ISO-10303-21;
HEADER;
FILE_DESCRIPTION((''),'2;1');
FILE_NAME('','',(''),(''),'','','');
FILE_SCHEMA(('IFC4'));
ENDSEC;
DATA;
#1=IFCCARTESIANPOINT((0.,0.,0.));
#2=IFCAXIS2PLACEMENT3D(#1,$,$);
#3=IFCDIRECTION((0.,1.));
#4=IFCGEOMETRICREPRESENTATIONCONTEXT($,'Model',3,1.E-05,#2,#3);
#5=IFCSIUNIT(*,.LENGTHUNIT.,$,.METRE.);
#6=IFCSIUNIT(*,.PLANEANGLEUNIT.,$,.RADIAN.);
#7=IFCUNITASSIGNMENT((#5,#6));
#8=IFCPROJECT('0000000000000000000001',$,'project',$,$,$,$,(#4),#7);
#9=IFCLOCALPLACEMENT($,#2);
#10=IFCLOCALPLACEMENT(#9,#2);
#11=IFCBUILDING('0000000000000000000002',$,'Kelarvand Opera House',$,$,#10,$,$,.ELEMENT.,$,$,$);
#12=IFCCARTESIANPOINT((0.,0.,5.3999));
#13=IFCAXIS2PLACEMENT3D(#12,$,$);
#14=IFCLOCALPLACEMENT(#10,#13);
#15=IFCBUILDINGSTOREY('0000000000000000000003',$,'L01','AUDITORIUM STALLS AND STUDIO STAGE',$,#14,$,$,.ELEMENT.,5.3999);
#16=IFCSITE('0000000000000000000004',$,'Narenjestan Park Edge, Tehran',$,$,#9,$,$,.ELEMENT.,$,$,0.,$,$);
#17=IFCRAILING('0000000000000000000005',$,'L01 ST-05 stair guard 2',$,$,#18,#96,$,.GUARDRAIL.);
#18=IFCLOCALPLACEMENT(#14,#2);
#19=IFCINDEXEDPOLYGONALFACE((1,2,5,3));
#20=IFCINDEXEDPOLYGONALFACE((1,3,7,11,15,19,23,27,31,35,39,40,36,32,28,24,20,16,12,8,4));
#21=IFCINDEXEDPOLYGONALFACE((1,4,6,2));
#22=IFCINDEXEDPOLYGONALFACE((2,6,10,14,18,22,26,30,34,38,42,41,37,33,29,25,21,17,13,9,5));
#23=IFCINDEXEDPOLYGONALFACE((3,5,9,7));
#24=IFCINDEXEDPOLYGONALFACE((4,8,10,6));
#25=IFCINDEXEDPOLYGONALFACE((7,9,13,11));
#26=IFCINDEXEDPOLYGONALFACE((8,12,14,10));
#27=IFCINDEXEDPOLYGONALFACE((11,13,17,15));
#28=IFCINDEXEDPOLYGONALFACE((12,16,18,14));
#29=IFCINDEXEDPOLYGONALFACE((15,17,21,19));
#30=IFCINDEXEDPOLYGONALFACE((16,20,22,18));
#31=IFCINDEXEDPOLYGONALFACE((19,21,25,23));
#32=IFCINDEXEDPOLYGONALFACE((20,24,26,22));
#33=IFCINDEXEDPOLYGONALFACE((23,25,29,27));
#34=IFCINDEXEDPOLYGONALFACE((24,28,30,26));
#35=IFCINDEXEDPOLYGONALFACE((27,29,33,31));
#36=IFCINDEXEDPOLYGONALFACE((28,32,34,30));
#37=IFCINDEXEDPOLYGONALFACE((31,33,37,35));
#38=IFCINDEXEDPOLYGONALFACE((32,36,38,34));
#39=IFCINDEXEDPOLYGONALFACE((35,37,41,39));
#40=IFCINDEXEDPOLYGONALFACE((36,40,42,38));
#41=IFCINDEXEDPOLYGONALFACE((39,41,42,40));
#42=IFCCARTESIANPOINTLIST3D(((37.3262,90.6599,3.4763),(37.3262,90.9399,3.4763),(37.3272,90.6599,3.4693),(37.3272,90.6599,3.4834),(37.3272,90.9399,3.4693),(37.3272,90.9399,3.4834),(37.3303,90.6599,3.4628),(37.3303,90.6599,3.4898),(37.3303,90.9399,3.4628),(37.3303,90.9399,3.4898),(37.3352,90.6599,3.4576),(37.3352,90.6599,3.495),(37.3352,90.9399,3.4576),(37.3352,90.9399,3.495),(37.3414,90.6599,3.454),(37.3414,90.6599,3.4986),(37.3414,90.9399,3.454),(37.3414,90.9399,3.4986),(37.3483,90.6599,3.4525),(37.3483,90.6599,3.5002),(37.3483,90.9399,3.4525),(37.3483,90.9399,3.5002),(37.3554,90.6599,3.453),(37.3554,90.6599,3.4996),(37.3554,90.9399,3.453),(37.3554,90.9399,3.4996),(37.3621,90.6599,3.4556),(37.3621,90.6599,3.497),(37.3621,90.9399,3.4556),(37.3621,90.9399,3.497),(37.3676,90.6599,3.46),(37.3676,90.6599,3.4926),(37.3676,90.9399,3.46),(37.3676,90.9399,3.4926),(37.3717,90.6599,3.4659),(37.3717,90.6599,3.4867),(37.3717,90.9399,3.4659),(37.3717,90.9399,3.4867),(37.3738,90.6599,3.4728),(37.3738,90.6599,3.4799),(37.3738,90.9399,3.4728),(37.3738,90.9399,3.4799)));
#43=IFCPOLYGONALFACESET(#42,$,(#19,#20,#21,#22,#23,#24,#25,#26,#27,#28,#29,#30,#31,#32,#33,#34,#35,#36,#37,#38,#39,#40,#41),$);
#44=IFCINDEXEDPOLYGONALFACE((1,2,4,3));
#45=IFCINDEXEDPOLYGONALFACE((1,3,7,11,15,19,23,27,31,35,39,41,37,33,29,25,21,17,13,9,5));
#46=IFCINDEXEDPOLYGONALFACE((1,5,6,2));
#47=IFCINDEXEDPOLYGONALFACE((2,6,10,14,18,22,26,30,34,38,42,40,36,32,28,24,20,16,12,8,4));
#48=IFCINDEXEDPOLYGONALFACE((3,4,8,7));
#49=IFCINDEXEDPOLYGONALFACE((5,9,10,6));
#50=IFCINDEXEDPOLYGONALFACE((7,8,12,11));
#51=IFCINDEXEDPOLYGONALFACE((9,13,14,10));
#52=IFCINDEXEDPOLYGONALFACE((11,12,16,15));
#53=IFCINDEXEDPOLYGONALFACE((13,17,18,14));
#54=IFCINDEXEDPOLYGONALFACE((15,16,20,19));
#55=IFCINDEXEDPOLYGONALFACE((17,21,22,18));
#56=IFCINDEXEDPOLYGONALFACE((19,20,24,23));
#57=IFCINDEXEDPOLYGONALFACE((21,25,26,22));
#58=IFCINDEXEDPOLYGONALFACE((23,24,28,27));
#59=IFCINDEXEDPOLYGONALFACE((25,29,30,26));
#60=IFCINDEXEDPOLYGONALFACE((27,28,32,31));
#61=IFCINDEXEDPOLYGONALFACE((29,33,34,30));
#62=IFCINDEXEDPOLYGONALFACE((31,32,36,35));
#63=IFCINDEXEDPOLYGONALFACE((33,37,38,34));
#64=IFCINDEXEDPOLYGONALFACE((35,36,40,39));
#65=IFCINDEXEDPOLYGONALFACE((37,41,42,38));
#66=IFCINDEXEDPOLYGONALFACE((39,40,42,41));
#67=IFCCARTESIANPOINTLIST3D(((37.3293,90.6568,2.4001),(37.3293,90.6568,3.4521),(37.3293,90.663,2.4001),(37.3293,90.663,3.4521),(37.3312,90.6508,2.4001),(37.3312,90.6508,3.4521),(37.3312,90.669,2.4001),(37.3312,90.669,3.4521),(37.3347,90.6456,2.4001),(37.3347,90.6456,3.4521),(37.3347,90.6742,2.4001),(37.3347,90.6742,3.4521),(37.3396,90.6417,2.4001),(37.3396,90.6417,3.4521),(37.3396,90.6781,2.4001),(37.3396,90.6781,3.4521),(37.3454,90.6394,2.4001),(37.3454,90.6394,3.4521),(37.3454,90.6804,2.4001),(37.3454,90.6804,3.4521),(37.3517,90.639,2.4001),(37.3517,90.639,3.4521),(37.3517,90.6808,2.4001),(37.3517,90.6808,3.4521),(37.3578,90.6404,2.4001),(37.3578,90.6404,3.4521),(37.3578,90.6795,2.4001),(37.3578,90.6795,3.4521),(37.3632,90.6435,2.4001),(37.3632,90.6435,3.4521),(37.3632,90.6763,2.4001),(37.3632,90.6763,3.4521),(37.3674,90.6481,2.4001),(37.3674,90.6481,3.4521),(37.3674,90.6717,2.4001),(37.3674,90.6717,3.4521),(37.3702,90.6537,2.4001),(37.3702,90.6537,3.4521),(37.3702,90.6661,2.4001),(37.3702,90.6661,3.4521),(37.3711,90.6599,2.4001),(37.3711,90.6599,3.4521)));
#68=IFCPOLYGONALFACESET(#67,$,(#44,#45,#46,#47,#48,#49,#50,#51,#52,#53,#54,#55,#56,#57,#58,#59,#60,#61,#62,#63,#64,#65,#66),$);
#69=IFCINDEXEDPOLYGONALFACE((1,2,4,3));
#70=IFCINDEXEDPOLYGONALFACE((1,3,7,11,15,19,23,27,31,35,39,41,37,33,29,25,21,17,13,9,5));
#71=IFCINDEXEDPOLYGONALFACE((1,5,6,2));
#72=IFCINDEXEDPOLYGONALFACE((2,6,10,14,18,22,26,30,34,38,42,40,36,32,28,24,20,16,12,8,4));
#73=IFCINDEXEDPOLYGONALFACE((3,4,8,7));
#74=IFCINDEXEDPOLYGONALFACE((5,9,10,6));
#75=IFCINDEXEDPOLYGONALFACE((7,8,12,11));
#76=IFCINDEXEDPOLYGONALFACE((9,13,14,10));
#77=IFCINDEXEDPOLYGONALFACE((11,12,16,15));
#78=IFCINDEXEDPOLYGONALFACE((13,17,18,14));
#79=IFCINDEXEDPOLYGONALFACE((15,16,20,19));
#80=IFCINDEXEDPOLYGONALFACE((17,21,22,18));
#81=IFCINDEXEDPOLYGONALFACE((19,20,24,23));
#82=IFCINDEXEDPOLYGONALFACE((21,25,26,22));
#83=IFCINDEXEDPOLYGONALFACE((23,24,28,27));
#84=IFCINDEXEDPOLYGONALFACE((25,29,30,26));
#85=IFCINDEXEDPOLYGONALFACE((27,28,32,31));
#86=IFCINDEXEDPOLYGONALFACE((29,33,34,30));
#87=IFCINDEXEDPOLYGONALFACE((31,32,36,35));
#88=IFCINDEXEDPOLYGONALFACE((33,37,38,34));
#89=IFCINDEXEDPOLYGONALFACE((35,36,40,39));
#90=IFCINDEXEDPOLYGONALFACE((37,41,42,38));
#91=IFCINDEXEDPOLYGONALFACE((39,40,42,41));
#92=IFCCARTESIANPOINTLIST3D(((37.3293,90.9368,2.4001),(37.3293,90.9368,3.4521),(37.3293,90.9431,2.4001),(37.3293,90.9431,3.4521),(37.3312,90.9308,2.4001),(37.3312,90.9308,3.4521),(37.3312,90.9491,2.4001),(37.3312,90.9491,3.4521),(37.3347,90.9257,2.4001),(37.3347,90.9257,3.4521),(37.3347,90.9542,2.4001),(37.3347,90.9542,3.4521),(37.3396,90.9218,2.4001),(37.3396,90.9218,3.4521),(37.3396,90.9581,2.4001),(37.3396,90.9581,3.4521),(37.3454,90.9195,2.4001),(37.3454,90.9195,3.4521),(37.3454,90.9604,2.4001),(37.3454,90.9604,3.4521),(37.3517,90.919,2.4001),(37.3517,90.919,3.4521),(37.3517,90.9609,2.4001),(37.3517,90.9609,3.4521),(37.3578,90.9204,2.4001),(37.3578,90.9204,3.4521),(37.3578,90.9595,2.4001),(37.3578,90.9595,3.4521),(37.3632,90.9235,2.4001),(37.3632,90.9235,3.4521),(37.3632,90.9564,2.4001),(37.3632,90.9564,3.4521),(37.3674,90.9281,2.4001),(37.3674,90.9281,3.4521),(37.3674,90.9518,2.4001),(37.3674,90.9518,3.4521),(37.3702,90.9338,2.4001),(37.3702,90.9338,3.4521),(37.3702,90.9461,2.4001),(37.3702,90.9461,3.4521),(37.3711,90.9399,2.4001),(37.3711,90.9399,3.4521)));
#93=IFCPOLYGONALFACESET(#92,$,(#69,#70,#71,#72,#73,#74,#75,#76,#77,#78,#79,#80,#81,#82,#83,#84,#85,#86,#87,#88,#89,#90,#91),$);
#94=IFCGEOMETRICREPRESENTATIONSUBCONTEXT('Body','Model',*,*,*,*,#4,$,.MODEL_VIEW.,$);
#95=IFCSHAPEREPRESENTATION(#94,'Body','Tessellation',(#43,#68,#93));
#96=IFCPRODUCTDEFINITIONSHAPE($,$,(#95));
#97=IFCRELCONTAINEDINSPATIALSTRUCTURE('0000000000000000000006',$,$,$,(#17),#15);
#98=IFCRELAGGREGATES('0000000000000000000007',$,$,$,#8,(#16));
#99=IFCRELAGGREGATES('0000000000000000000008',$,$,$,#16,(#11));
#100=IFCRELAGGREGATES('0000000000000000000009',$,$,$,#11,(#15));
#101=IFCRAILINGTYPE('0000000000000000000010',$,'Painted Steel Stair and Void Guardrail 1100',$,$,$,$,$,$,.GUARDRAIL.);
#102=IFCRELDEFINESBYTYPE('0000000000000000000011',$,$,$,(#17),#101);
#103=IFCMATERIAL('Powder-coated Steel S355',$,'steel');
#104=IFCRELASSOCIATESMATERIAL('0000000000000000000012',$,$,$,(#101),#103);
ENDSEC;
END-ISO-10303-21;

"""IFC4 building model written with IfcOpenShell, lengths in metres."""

from ifc_helpers import new_model, si_unit, direction, frame, origin, origin_2d, place, context, subcontext, project, spatial, circle, extrude, material, type_object, element, save


model = new_model("IFC4")

# Units and contexts
model_context = context("Model", 3, precision=1e-05, world=origin(), true_north=direction((0.0, 1.0)))
body_context = subcontext(model_context, "Body", "Model", "MODEL_VIEW")
ifc_project = project(units=[si_unit("LENGTHUNIT", "METRE"), si_unit("PLANEANGLEUNIT", "RADIAN")], contexts=[model_context])

# Site, building, storey
site_placement = place(None, origin())
site = spatial("IfcSite", under=ifc_project, at=site_placement, Name="Narenjestan Park Edge, Tehran", CompositionType="ELEMENT", RefElevation=0.0)
building_placement = place(site_placement, origin())
building = spatial("IfcBuilding", under=site, at=building_placement, Name="Kelarvand Opera House", CompositionType="ELEMENT")
storey_placement = place(building_placement, frame((0.0, 0.0, 5.3999)))
storey = spatial("IfcBuildingStorey", under=building, at=storey_placement, Name="L01", Description="AUDITORIUM STALLS AND STUDIO STAGE", CompositionType="ELEMENT", Elevation=5.3999)

# Railing
ifc_material_1 = material(Name="Powder-coated Steel S355", Category="steel")
railing_type_1 = type_object("IfcRailingType", Name="Painted Steel Stair and Void Guardrail 1100", PredefinedType="GUARDRAIL", material=ifc_material_1)
railing_1_placement = place(storey_placement, frame((37.3501, 90.6599, 2.4001)))
element("IfcRailing", 1, at=railing_1_placement, inside=storey, type_object=railing_type_1, Name="L01 ST-05 stair guard 2", PredefinedType="GUARDRAIL", context=body_context, shape_type="SweptSolid", body=[
    extrude(circle(Radius=0.0239, at=origin_2d()), frame((0.0, 0.0, 1.0762), z_axis=(0.0, 1.0, 0.0), x_axis=(-1.0, 0.0, 0.0)), (0.0, 0.0, 1.0), 0.28),
    extrude(circle(Radius=0.021, at=origin_2d()), origin(), (0.0, 0.0, 1.0), 1.052),
    extrude(circle(Radius=0.021, at=origin_2d()), frame((0.0, 0.28, 0.0)), (0.0, 0.0, 1.0), 1.052),
])

save(model, "model.ifc")
